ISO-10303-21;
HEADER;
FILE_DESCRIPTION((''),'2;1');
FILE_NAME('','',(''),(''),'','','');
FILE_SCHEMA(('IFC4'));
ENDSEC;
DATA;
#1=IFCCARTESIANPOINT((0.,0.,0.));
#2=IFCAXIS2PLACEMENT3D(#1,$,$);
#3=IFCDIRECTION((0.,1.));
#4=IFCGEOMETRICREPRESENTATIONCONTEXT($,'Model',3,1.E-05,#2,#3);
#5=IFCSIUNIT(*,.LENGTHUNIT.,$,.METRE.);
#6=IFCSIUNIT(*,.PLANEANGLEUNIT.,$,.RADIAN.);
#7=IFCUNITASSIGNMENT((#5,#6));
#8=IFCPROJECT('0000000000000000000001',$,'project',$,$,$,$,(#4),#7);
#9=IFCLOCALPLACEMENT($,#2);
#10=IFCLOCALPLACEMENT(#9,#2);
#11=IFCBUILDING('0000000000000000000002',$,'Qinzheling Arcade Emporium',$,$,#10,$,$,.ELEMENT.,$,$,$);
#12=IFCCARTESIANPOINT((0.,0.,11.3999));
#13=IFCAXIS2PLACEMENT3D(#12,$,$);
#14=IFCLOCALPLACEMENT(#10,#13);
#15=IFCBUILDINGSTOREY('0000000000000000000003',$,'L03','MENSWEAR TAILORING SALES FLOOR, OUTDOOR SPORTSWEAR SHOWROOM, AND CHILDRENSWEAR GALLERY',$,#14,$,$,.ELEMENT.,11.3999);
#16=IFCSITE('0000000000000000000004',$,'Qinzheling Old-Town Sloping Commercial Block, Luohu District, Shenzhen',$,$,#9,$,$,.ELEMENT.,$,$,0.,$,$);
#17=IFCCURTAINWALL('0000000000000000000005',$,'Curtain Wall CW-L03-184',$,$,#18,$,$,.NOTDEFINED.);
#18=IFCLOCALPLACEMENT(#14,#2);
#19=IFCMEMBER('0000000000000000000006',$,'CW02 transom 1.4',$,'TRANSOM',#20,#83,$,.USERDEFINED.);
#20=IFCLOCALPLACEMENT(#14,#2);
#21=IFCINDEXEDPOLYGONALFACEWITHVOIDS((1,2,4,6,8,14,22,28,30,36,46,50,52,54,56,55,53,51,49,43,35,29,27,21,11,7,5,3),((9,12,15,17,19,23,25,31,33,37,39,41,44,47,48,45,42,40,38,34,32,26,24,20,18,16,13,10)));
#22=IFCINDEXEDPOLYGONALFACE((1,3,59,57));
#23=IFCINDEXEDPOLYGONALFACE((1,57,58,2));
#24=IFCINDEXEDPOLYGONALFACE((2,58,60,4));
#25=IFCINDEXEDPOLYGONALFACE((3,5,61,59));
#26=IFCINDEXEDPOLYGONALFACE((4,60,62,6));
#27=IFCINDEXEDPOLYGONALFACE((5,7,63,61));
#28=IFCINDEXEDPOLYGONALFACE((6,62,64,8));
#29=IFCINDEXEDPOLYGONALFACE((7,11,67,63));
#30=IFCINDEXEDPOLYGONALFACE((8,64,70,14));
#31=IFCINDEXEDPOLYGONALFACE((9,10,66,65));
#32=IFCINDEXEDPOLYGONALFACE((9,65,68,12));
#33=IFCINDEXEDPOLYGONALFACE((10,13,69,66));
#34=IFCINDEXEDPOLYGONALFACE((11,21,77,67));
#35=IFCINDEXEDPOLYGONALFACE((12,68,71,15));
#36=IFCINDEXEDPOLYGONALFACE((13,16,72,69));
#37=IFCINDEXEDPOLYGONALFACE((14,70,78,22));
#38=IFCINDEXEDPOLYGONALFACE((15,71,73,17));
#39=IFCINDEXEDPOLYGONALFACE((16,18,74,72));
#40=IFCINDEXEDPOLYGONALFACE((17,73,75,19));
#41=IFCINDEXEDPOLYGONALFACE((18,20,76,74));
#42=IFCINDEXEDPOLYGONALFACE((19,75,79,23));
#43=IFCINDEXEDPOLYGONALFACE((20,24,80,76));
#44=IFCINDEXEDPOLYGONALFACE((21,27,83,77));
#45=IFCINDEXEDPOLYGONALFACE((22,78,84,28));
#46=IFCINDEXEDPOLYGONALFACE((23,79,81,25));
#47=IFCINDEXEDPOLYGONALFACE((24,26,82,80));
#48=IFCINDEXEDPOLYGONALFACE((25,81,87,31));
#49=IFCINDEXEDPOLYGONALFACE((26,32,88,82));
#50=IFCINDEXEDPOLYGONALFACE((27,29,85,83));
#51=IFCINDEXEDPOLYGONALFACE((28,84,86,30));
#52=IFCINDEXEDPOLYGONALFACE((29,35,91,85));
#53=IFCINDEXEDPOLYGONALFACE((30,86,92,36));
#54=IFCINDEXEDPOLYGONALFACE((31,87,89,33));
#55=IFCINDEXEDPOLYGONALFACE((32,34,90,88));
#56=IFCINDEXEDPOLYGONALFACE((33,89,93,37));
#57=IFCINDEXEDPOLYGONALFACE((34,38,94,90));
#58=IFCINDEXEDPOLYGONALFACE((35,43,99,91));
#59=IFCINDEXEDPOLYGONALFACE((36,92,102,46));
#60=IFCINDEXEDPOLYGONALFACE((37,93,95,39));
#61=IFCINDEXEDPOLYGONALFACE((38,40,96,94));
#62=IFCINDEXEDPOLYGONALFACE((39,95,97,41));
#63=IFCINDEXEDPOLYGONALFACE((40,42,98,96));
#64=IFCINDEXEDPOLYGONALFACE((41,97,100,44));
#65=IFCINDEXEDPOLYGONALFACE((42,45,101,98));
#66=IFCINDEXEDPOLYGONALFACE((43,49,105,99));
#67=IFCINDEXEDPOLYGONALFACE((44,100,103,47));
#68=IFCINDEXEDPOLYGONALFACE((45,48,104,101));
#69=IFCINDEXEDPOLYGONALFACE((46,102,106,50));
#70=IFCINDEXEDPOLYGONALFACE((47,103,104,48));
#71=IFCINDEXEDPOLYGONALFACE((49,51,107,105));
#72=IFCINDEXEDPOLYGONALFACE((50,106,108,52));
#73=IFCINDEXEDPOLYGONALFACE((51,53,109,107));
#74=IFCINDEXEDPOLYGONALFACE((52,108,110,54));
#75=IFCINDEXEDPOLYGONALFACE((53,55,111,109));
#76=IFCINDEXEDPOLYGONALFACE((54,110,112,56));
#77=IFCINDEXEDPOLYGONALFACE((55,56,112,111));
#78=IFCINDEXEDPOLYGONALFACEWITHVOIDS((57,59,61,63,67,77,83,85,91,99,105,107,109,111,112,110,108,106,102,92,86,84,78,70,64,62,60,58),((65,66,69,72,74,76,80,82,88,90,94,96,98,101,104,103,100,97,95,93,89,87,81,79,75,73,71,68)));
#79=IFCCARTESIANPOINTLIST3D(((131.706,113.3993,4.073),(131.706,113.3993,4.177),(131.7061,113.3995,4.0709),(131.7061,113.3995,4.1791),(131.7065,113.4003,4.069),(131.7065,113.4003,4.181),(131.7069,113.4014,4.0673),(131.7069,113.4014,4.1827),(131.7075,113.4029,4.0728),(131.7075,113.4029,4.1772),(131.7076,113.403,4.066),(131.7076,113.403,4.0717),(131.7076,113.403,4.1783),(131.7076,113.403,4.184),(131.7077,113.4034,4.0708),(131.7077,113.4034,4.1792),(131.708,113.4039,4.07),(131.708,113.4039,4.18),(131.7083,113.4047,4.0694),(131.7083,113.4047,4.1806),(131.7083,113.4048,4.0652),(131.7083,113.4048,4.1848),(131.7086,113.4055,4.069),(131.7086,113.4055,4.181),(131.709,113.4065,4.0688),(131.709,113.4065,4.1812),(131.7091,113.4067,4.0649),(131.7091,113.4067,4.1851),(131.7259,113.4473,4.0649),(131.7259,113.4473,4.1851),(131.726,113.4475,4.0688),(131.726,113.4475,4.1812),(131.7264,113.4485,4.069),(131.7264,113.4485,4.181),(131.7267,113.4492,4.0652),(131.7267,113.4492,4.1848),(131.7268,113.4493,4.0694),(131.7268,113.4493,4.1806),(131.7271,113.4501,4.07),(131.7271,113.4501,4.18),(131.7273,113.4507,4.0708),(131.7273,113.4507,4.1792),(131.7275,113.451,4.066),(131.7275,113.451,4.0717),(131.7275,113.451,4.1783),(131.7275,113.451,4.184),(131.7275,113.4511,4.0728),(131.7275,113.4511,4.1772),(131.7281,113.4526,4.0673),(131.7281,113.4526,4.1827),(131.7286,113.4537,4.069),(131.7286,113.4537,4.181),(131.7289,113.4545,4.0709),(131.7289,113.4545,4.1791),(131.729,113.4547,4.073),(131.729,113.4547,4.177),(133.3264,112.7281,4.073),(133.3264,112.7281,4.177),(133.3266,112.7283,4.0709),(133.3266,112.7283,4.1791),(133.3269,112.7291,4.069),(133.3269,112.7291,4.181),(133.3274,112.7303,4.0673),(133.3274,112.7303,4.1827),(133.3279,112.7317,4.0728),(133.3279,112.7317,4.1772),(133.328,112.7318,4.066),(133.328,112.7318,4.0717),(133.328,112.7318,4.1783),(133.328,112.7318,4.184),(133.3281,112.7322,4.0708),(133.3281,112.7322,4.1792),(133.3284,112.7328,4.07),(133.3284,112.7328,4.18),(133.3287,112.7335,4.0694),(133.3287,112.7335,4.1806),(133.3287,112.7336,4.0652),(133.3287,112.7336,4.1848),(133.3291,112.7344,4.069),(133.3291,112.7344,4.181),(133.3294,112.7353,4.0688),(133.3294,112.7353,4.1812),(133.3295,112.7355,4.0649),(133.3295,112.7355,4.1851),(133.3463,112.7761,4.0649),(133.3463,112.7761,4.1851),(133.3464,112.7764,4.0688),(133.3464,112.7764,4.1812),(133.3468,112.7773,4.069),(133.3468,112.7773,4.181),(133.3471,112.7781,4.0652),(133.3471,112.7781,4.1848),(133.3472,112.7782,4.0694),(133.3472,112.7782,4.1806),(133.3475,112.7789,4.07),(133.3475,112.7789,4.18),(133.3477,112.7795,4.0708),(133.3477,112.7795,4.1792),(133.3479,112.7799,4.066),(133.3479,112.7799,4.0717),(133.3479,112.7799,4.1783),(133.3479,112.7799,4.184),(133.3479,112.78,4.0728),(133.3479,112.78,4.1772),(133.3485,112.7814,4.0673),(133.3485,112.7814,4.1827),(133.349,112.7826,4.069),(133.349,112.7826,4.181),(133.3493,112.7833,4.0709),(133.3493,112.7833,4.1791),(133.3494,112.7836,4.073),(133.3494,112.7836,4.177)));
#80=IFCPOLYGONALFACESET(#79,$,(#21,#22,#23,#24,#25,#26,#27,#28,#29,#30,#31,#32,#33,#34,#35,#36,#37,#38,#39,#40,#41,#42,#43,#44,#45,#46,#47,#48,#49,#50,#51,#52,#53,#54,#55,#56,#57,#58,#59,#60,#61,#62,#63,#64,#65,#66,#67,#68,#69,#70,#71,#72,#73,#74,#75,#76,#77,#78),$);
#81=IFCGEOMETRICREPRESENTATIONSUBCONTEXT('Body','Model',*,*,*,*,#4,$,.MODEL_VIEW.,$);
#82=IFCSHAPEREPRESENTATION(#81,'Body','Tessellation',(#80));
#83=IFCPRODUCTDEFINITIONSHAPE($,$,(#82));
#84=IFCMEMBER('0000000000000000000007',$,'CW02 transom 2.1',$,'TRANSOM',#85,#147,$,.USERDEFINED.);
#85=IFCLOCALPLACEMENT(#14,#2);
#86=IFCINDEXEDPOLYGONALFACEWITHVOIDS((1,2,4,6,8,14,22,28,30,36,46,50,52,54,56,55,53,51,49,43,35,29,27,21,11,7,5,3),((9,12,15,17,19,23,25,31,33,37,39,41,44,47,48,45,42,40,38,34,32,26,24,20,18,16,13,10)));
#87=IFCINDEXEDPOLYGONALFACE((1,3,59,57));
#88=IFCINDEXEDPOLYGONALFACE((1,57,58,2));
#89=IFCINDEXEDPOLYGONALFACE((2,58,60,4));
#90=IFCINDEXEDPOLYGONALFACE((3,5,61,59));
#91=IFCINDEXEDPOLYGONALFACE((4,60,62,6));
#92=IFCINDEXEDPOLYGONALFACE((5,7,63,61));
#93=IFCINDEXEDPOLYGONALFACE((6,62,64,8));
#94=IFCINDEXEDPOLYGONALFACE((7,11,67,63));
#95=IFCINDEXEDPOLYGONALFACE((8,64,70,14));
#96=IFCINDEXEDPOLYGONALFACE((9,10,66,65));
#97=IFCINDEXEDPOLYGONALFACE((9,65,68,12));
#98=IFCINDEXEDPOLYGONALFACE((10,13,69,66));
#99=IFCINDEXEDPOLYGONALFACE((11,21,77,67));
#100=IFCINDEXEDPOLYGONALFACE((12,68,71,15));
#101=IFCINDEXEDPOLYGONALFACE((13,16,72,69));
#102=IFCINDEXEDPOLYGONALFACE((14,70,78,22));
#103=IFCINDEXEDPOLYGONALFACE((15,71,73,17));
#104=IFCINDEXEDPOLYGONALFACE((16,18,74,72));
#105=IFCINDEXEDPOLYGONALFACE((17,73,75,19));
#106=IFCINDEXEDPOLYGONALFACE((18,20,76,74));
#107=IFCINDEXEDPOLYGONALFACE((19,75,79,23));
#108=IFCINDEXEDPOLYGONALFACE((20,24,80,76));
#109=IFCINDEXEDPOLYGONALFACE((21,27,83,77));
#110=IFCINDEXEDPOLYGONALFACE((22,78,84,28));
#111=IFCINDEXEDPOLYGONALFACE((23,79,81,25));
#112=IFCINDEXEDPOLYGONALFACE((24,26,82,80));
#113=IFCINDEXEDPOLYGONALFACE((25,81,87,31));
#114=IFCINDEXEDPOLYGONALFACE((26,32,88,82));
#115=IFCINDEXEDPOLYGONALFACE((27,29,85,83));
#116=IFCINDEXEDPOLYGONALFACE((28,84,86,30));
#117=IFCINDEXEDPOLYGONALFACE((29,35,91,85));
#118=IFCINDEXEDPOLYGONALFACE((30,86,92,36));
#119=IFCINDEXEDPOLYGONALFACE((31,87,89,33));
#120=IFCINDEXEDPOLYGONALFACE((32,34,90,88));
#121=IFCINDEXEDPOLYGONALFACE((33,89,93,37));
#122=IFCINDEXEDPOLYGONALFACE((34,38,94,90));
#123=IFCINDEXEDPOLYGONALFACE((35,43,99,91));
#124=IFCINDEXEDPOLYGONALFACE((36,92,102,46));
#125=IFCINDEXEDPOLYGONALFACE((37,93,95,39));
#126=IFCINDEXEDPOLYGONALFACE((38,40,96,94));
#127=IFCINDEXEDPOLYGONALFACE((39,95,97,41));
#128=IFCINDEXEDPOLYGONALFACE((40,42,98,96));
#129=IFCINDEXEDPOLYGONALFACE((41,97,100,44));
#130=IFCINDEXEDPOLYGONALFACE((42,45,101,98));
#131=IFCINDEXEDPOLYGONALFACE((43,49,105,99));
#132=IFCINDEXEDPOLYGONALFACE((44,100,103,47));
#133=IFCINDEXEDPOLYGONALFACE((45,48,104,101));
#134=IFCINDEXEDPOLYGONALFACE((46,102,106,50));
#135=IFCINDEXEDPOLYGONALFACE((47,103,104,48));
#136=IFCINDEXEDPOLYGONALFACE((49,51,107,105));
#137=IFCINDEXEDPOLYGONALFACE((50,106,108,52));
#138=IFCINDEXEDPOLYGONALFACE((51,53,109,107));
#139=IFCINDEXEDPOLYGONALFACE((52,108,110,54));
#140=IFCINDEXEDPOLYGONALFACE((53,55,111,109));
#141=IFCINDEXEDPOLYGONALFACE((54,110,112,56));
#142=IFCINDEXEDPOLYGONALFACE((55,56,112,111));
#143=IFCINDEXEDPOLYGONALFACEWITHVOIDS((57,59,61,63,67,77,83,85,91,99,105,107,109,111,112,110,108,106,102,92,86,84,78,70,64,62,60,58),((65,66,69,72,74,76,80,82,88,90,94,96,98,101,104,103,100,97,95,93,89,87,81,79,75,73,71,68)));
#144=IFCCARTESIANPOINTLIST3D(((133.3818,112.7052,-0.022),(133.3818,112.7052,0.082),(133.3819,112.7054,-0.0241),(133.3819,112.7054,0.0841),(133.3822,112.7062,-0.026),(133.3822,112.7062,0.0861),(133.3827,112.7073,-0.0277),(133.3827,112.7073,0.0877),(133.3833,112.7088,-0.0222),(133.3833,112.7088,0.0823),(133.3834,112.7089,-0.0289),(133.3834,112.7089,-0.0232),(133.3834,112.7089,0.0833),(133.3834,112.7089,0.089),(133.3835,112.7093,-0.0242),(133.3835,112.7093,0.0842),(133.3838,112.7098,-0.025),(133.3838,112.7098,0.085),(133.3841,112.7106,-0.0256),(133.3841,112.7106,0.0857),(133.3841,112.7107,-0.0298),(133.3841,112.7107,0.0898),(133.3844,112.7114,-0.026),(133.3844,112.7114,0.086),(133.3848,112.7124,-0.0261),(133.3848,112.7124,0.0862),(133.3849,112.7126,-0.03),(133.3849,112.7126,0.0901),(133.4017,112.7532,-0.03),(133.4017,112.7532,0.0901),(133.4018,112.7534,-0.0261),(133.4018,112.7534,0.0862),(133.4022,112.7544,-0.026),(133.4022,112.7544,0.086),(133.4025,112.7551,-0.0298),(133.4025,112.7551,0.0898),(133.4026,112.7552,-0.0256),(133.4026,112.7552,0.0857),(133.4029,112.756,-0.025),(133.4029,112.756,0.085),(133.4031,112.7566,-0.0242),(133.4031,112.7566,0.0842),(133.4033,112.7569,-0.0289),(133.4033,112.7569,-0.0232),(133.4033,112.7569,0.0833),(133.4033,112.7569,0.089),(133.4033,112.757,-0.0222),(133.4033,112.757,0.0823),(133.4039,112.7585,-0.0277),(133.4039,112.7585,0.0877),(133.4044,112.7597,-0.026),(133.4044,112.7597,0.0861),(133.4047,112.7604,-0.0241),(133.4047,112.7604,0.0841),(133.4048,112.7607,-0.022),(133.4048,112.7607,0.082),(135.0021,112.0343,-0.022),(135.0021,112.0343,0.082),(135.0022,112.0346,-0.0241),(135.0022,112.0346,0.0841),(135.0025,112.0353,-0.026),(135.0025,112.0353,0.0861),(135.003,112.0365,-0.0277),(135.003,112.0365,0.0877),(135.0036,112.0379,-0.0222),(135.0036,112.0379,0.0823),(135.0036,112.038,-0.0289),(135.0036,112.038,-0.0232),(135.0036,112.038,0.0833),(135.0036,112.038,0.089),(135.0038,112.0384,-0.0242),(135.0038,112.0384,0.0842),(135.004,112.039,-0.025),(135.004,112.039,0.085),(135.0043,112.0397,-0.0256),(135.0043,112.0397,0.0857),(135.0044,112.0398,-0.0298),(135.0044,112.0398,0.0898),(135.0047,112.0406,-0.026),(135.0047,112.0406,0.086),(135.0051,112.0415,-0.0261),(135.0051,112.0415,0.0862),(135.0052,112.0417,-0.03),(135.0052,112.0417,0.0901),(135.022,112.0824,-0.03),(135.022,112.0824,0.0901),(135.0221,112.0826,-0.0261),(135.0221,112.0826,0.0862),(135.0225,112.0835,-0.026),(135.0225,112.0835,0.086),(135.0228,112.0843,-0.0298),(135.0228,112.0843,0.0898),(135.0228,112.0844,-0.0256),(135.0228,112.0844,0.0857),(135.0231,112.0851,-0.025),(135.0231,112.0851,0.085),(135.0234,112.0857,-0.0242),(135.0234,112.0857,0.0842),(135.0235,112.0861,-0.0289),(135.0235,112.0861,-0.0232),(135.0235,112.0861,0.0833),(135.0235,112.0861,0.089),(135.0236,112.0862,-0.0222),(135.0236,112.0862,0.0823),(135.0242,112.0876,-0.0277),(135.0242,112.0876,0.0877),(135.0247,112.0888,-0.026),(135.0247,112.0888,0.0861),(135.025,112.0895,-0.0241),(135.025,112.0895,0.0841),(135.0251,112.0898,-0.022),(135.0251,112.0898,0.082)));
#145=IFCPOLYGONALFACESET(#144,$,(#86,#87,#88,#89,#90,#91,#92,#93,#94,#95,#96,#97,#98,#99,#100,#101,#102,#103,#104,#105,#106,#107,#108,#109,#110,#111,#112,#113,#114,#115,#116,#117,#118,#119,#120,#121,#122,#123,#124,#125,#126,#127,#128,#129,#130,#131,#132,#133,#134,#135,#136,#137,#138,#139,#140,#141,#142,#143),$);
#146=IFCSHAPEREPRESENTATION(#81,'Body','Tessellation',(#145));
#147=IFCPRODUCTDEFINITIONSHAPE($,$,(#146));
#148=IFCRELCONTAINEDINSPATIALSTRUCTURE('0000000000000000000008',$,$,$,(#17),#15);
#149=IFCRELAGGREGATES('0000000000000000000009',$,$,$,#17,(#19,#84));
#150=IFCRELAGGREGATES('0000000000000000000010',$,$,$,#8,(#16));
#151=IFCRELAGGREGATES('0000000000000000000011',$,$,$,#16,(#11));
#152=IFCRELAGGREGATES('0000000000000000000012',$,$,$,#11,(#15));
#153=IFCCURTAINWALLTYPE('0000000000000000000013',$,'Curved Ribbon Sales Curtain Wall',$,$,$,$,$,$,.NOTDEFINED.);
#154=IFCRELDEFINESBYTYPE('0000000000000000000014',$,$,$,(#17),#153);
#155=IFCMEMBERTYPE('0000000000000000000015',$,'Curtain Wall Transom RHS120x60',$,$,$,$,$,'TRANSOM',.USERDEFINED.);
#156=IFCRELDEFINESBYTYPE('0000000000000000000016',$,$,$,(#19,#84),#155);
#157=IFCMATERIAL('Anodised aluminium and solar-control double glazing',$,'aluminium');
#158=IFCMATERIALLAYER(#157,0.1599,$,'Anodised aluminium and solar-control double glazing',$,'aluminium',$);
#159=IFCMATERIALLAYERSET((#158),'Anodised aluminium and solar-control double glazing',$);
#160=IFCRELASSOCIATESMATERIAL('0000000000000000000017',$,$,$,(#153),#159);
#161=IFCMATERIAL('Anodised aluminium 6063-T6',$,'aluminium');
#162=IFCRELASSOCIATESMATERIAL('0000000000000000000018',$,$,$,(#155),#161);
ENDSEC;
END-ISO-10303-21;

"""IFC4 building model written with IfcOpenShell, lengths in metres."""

from ifc_helpers import new_model, si_unit, direction, frame, origin, origin_2d, place, context, subcontext, project, spatial, hollow_rectangle, extrude, material, layer, layer_set, material_profile, profile_set, type_object, element, aggregate, save


model = new_model("IFC4")

# Units and contexts
model_context = context("Model", 3, precision=1e-05, world=origin(), true_north=direction((0.0, 1.0)))
body_context = subcontext(model_context, "Body", "Model", "MODEL_VIEW")
ifc_project = project(units=[si_unit("LENGTHUNIT", "METRE"), si_unit("PLANEANGLEUNIT", "RADIAN")], contexts=[model_context])

# Site, building, storey
site_placement = place(None, origin())
site = spatial("IfcSite", under=ifc_project, at=site_placement, Name="Qinzheling Old-Town Sloping Commercial Block, Luohu District, Shenzhen", CompositionType="ELEMENT", RefElevation=0.0)
building_placement = place(site_placement, origin())
building = spatial("IfcBuilding", under=site, at=building_placement, Name="Qinzheling Arcade Emporium", CompositionType="ELEMENT")
storey_placement = place(building_placement, frame((0.0, 0.0, 11.3999)))
storey = spatial("IfcBuildingStorey", under=building, at=storey_placement, Name="L03", Description="MENSWEAR TAILORING SALES FLOOR, OUTDOOR SPORTSWEAR SHOWROOM, AND CHILDRENSWEAR GALLERY", CompositionType="ELEMENT", Elevation=11.3999)

# Curtain wall
ifc_material_1 = material(Name="Anodised aluminium and solar-control double glazing", Category="aluminium")
ifc_layer_1 = layer(ifc_material_1, 0.1599, Name="Anodised aluminium and solar-control double glazing", Category="aluminium")
ifc_layer_set_1 = layer_set([ifc_layer_1], Name="Anodised aluminium and solar-control double glazing")
curtain_wall_type = type_object("IfcCurtainWallType", Name="Curved Ribbon Sales Curtain Wall", PredefinedType="NOTDEFINED", material=ifc_layer_set_1)
curtain_wall_1_placement = place(storey_placement, origin())
curtain_wall_1 = element("IfcCurtainWall", 1, at=curtain_wall_1_placement, inside=storey, type_object=curtain_wall_type, Name="Curtain Wall CW-L03-184", PredefinedType="NOTDEFINED")
ifc_material_2 = material(Name="Anodised aluminium 6063-T6", Category="aluminium")

# Members
ifc_material_profile_1 = material_profile(ifc_material_2, hollow_rectangle(XDim=0.0601, YDim=0.1201, WallThickness=0.0039, InnerFilletRadius=0.0039, OuterFilletRadius=0.0081, at=origin_2d()), Name="RHS 120x60x4", Category="aluminium")
ifc_profile_set_1 = profile_set([ifc_material_profile_1], Name="Anodised aluminium 6063-T6")
member_type_1 = type_object("IfcMemberType", Name="Curtain Wall Transom RHS120x60", ElementType="TRANSOM", PredefinedType="USERDEFINED", material=ifc_profile_set_1)
member_1_placement = place(storey_placement, frame((131.7175, 113.427, 4.125), z_axis=(0.923886, -0.382667, 0.0), x_axis=(0.382667, 0.923886, 0.0)))
member_1 = element("IfcMember", 2, at=member_1_placement, type_object=member_type_1, Name="CW02 transom 1.4", ObjectType="TRANSOM", PredefinedType="USERDEFINED", context=body_context, shape_type="SweptSolid", body=[
    extrude(hollow_rectangle(XDim=0.0601, YDim=0.1201, WallThickness=0.0039, InnerFilletRadius=0.0039, OuterFilletRadius=0.0081, at=origin_2d()), origin(), (0.0, 0.0, 1.0), 1.7539),
])
member_2_placement = place(storey_placement, frame((133.3933, 112.7329, 0.03), z_axis=(0.923935, -0.382549, 0.0), x_axis=(0.382549, 0.923935, 0.0)))
member_2 = element("IfcMember", 3, at=member_2_placement, type_object=member_type_1, Name="CW02 transom 2.1", ObjectType="TRANSOM", PredefinedType="USERDEFINED", context=body_context, shape_type="SweptSolid", body=[
    extrude(hollow_rectangle(XDim=0.0601, YDim=0.1201, WallThickness=0.0039, InnerFilletRadius=0.0039, OuterFilletRadius=0.0081, at=origin_2d()), origin(), (0.0, 0.0, 1.0), 1.7537),
])

aggregate(curtain_wall_1, [member_1, member_2])

save(model, "model.ifc")
